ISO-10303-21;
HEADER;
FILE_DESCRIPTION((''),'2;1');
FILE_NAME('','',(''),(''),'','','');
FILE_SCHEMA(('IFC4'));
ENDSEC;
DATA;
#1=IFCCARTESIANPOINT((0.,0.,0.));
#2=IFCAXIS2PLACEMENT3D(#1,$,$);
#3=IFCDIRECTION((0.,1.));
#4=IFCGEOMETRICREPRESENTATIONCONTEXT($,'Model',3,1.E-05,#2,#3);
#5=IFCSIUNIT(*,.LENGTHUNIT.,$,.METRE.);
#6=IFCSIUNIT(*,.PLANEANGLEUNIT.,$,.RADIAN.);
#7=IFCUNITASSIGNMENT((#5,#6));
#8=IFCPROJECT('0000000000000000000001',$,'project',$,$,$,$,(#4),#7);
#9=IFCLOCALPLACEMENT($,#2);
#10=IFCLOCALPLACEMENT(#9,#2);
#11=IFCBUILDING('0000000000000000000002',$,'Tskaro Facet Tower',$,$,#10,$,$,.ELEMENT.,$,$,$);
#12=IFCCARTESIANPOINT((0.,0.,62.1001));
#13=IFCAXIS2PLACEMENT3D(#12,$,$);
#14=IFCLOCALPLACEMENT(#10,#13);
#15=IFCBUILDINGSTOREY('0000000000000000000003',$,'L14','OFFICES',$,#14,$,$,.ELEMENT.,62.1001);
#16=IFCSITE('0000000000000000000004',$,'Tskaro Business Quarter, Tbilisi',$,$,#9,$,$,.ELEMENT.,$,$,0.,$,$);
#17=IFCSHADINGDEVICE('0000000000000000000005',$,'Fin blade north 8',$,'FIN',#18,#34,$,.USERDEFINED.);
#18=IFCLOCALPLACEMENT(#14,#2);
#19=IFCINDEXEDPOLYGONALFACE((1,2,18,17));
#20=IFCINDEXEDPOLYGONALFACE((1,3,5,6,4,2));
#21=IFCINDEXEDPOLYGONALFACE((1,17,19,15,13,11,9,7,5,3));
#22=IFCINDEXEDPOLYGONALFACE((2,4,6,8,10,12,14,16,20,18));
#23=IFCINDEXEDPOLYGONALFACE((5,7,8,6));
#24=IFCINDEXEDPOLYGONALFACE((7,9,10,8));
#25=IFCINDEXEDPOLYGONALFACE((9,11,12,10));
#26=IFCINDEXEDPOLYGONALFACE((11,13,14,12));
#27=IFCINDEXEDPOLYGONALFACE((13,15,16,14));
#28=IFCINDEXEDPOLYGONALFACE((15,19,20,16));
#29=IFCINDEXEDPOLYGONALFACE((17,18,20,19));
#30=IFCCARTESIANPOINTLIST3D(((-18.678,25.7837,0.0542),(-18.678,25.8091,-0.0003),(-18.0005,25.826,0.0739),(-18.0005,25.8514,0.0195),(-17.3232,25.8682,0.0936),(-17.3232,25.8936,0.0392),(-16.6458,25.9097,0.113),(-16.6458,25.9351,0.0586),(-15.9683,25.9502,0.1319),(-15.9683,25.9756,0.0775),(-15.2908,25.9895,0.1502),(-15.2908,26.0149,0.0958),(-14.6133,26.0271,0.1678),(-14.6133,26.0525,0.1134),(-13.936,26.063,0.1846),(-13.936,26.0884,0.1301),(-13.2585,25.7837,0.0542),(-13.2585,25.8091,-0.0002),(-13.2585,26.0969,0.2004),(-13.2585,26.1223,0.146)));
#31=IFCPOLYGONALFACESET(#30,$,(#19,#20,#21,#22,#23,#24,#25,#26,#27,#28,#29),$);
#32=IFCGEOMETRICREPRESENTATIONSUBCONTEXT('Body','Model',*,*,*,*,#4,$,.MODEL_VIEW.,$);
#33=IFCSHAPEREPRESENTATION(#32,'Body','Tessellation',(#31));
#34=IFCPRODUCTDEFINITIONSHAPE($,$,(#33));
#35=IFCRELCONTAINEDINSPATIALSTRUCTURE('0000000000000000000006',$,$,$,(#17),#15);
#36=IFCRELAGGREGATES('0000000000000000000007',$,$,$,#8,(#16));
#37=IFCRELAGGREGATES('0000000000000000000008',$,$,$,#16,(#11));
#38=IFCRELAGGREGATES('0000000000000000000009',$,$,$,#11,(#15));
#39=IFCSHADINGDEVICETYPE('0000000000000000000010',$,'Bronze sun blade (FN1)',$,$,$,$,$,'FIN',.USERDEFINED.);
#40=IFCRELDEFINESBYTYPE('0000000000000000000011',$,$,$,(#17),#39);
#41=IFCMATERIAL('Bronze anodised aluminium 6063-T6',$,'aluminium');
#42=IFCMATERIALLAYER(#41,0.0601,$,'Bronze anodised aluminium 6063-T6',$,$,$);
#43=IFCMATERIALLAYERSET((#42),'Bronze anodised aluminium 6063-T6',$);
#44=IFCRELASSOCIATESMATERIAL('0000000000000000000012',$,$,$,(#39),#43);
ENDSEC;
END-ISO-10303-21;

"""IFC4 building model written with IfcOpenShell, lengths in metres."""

from ifc_helpers import new_model, si_unit, direction, frame, origin, place, context, subcontext, project, spatial, polyline, outline, extrude, material, layer, layer_set, type_object, element, save


model = new_model("IFC4")

# Units and contexts
model_context = context("Model", 3, precision=1e-05, world=origin(), true_north=direction((0.0, 1.0)))
body_context = subcontext(model_context, "Body", "Model", "MODEL_VIEW")
ifc_project = project(units=[si_unit("LENGTHUNIT", "METRE"), si_unit("PLANEANGLEUNIT", "RADIAN")], contexts=[model_context])

# Site, building, storey
site_placement = place(None, origin())
site = spatial("IfcSite", under=ifc_project, at=site_placement, Name="Tskaro Business Quarter, Tbilisi", CompositionType="ELEMENT", RefElevation=0.0)
building_placement = place(site_placement, origin())
building = spatial("IfcBuilding", under=site, at=building_placement, Name="Tskaro Facet Tower", CompositionType="ELEMENT")
storey_placement = place(building_placement, frame((0.0, 0.0, 62.1001)))
storey = spatial("IfcBuildingStorey", under=building, at=storey_placement, Name="L14", Description="OFFICES", CompositionType="ELEMENT", Elevation=62.1001)

# Shared definitions
ifc_material_1 = material(Name="Bronze anodised aluminium 6063-T6", Category="aluminium")

# Shading device
ifc_layer_1 = layer(ifc_material_1, 0.0601, Name="Bronze anodised aluminium 6063-T6")
ifc_layer_set_1 = layer_set([ifc_layer_1], Name="Bronze anodised aluminium 6063-T6")
shading_device_type = type_object("IfcShadingDeviceType", Name="Bronze sun blade (FN1)", ElementType="FIN", PredefinedType="USERDEFINED", material=ifc_layer_set_1)
shading_device_1_placement = place(storey_placement, frame((-13.2585, 25.7837, 0.0542), z_axis=(-0.000007, -0.422932, 0.906161), x_axis=(-1.0, 0.000003, -0.000006)))
element("IfcShadingDevice", 1, at=shading_device_1_placement, inside=storey, type_object=shading_device_type, Name="Fin blade north 8", ObjectType="FIN", PredefinedType="USERDEFINED", context=body_context, shape_type="SweptSolid", body=[
    extrude(outline(polyline([(0.0, 0.0), (5.4194, 0.0), (4.7419, -0.0466), (4.0647, -0.0933), (3.3872, -0.139), (2.7097, -0.1837), (2.0322, -0.2271), (1.3547, -0.2686), (0.6775, -0.3082), (0.0, -0.3457), (0.0, 0.0)])), origin(), (0.0, 0.0, -1.0), 0.0601),
])

save(model, "model.ifc")
